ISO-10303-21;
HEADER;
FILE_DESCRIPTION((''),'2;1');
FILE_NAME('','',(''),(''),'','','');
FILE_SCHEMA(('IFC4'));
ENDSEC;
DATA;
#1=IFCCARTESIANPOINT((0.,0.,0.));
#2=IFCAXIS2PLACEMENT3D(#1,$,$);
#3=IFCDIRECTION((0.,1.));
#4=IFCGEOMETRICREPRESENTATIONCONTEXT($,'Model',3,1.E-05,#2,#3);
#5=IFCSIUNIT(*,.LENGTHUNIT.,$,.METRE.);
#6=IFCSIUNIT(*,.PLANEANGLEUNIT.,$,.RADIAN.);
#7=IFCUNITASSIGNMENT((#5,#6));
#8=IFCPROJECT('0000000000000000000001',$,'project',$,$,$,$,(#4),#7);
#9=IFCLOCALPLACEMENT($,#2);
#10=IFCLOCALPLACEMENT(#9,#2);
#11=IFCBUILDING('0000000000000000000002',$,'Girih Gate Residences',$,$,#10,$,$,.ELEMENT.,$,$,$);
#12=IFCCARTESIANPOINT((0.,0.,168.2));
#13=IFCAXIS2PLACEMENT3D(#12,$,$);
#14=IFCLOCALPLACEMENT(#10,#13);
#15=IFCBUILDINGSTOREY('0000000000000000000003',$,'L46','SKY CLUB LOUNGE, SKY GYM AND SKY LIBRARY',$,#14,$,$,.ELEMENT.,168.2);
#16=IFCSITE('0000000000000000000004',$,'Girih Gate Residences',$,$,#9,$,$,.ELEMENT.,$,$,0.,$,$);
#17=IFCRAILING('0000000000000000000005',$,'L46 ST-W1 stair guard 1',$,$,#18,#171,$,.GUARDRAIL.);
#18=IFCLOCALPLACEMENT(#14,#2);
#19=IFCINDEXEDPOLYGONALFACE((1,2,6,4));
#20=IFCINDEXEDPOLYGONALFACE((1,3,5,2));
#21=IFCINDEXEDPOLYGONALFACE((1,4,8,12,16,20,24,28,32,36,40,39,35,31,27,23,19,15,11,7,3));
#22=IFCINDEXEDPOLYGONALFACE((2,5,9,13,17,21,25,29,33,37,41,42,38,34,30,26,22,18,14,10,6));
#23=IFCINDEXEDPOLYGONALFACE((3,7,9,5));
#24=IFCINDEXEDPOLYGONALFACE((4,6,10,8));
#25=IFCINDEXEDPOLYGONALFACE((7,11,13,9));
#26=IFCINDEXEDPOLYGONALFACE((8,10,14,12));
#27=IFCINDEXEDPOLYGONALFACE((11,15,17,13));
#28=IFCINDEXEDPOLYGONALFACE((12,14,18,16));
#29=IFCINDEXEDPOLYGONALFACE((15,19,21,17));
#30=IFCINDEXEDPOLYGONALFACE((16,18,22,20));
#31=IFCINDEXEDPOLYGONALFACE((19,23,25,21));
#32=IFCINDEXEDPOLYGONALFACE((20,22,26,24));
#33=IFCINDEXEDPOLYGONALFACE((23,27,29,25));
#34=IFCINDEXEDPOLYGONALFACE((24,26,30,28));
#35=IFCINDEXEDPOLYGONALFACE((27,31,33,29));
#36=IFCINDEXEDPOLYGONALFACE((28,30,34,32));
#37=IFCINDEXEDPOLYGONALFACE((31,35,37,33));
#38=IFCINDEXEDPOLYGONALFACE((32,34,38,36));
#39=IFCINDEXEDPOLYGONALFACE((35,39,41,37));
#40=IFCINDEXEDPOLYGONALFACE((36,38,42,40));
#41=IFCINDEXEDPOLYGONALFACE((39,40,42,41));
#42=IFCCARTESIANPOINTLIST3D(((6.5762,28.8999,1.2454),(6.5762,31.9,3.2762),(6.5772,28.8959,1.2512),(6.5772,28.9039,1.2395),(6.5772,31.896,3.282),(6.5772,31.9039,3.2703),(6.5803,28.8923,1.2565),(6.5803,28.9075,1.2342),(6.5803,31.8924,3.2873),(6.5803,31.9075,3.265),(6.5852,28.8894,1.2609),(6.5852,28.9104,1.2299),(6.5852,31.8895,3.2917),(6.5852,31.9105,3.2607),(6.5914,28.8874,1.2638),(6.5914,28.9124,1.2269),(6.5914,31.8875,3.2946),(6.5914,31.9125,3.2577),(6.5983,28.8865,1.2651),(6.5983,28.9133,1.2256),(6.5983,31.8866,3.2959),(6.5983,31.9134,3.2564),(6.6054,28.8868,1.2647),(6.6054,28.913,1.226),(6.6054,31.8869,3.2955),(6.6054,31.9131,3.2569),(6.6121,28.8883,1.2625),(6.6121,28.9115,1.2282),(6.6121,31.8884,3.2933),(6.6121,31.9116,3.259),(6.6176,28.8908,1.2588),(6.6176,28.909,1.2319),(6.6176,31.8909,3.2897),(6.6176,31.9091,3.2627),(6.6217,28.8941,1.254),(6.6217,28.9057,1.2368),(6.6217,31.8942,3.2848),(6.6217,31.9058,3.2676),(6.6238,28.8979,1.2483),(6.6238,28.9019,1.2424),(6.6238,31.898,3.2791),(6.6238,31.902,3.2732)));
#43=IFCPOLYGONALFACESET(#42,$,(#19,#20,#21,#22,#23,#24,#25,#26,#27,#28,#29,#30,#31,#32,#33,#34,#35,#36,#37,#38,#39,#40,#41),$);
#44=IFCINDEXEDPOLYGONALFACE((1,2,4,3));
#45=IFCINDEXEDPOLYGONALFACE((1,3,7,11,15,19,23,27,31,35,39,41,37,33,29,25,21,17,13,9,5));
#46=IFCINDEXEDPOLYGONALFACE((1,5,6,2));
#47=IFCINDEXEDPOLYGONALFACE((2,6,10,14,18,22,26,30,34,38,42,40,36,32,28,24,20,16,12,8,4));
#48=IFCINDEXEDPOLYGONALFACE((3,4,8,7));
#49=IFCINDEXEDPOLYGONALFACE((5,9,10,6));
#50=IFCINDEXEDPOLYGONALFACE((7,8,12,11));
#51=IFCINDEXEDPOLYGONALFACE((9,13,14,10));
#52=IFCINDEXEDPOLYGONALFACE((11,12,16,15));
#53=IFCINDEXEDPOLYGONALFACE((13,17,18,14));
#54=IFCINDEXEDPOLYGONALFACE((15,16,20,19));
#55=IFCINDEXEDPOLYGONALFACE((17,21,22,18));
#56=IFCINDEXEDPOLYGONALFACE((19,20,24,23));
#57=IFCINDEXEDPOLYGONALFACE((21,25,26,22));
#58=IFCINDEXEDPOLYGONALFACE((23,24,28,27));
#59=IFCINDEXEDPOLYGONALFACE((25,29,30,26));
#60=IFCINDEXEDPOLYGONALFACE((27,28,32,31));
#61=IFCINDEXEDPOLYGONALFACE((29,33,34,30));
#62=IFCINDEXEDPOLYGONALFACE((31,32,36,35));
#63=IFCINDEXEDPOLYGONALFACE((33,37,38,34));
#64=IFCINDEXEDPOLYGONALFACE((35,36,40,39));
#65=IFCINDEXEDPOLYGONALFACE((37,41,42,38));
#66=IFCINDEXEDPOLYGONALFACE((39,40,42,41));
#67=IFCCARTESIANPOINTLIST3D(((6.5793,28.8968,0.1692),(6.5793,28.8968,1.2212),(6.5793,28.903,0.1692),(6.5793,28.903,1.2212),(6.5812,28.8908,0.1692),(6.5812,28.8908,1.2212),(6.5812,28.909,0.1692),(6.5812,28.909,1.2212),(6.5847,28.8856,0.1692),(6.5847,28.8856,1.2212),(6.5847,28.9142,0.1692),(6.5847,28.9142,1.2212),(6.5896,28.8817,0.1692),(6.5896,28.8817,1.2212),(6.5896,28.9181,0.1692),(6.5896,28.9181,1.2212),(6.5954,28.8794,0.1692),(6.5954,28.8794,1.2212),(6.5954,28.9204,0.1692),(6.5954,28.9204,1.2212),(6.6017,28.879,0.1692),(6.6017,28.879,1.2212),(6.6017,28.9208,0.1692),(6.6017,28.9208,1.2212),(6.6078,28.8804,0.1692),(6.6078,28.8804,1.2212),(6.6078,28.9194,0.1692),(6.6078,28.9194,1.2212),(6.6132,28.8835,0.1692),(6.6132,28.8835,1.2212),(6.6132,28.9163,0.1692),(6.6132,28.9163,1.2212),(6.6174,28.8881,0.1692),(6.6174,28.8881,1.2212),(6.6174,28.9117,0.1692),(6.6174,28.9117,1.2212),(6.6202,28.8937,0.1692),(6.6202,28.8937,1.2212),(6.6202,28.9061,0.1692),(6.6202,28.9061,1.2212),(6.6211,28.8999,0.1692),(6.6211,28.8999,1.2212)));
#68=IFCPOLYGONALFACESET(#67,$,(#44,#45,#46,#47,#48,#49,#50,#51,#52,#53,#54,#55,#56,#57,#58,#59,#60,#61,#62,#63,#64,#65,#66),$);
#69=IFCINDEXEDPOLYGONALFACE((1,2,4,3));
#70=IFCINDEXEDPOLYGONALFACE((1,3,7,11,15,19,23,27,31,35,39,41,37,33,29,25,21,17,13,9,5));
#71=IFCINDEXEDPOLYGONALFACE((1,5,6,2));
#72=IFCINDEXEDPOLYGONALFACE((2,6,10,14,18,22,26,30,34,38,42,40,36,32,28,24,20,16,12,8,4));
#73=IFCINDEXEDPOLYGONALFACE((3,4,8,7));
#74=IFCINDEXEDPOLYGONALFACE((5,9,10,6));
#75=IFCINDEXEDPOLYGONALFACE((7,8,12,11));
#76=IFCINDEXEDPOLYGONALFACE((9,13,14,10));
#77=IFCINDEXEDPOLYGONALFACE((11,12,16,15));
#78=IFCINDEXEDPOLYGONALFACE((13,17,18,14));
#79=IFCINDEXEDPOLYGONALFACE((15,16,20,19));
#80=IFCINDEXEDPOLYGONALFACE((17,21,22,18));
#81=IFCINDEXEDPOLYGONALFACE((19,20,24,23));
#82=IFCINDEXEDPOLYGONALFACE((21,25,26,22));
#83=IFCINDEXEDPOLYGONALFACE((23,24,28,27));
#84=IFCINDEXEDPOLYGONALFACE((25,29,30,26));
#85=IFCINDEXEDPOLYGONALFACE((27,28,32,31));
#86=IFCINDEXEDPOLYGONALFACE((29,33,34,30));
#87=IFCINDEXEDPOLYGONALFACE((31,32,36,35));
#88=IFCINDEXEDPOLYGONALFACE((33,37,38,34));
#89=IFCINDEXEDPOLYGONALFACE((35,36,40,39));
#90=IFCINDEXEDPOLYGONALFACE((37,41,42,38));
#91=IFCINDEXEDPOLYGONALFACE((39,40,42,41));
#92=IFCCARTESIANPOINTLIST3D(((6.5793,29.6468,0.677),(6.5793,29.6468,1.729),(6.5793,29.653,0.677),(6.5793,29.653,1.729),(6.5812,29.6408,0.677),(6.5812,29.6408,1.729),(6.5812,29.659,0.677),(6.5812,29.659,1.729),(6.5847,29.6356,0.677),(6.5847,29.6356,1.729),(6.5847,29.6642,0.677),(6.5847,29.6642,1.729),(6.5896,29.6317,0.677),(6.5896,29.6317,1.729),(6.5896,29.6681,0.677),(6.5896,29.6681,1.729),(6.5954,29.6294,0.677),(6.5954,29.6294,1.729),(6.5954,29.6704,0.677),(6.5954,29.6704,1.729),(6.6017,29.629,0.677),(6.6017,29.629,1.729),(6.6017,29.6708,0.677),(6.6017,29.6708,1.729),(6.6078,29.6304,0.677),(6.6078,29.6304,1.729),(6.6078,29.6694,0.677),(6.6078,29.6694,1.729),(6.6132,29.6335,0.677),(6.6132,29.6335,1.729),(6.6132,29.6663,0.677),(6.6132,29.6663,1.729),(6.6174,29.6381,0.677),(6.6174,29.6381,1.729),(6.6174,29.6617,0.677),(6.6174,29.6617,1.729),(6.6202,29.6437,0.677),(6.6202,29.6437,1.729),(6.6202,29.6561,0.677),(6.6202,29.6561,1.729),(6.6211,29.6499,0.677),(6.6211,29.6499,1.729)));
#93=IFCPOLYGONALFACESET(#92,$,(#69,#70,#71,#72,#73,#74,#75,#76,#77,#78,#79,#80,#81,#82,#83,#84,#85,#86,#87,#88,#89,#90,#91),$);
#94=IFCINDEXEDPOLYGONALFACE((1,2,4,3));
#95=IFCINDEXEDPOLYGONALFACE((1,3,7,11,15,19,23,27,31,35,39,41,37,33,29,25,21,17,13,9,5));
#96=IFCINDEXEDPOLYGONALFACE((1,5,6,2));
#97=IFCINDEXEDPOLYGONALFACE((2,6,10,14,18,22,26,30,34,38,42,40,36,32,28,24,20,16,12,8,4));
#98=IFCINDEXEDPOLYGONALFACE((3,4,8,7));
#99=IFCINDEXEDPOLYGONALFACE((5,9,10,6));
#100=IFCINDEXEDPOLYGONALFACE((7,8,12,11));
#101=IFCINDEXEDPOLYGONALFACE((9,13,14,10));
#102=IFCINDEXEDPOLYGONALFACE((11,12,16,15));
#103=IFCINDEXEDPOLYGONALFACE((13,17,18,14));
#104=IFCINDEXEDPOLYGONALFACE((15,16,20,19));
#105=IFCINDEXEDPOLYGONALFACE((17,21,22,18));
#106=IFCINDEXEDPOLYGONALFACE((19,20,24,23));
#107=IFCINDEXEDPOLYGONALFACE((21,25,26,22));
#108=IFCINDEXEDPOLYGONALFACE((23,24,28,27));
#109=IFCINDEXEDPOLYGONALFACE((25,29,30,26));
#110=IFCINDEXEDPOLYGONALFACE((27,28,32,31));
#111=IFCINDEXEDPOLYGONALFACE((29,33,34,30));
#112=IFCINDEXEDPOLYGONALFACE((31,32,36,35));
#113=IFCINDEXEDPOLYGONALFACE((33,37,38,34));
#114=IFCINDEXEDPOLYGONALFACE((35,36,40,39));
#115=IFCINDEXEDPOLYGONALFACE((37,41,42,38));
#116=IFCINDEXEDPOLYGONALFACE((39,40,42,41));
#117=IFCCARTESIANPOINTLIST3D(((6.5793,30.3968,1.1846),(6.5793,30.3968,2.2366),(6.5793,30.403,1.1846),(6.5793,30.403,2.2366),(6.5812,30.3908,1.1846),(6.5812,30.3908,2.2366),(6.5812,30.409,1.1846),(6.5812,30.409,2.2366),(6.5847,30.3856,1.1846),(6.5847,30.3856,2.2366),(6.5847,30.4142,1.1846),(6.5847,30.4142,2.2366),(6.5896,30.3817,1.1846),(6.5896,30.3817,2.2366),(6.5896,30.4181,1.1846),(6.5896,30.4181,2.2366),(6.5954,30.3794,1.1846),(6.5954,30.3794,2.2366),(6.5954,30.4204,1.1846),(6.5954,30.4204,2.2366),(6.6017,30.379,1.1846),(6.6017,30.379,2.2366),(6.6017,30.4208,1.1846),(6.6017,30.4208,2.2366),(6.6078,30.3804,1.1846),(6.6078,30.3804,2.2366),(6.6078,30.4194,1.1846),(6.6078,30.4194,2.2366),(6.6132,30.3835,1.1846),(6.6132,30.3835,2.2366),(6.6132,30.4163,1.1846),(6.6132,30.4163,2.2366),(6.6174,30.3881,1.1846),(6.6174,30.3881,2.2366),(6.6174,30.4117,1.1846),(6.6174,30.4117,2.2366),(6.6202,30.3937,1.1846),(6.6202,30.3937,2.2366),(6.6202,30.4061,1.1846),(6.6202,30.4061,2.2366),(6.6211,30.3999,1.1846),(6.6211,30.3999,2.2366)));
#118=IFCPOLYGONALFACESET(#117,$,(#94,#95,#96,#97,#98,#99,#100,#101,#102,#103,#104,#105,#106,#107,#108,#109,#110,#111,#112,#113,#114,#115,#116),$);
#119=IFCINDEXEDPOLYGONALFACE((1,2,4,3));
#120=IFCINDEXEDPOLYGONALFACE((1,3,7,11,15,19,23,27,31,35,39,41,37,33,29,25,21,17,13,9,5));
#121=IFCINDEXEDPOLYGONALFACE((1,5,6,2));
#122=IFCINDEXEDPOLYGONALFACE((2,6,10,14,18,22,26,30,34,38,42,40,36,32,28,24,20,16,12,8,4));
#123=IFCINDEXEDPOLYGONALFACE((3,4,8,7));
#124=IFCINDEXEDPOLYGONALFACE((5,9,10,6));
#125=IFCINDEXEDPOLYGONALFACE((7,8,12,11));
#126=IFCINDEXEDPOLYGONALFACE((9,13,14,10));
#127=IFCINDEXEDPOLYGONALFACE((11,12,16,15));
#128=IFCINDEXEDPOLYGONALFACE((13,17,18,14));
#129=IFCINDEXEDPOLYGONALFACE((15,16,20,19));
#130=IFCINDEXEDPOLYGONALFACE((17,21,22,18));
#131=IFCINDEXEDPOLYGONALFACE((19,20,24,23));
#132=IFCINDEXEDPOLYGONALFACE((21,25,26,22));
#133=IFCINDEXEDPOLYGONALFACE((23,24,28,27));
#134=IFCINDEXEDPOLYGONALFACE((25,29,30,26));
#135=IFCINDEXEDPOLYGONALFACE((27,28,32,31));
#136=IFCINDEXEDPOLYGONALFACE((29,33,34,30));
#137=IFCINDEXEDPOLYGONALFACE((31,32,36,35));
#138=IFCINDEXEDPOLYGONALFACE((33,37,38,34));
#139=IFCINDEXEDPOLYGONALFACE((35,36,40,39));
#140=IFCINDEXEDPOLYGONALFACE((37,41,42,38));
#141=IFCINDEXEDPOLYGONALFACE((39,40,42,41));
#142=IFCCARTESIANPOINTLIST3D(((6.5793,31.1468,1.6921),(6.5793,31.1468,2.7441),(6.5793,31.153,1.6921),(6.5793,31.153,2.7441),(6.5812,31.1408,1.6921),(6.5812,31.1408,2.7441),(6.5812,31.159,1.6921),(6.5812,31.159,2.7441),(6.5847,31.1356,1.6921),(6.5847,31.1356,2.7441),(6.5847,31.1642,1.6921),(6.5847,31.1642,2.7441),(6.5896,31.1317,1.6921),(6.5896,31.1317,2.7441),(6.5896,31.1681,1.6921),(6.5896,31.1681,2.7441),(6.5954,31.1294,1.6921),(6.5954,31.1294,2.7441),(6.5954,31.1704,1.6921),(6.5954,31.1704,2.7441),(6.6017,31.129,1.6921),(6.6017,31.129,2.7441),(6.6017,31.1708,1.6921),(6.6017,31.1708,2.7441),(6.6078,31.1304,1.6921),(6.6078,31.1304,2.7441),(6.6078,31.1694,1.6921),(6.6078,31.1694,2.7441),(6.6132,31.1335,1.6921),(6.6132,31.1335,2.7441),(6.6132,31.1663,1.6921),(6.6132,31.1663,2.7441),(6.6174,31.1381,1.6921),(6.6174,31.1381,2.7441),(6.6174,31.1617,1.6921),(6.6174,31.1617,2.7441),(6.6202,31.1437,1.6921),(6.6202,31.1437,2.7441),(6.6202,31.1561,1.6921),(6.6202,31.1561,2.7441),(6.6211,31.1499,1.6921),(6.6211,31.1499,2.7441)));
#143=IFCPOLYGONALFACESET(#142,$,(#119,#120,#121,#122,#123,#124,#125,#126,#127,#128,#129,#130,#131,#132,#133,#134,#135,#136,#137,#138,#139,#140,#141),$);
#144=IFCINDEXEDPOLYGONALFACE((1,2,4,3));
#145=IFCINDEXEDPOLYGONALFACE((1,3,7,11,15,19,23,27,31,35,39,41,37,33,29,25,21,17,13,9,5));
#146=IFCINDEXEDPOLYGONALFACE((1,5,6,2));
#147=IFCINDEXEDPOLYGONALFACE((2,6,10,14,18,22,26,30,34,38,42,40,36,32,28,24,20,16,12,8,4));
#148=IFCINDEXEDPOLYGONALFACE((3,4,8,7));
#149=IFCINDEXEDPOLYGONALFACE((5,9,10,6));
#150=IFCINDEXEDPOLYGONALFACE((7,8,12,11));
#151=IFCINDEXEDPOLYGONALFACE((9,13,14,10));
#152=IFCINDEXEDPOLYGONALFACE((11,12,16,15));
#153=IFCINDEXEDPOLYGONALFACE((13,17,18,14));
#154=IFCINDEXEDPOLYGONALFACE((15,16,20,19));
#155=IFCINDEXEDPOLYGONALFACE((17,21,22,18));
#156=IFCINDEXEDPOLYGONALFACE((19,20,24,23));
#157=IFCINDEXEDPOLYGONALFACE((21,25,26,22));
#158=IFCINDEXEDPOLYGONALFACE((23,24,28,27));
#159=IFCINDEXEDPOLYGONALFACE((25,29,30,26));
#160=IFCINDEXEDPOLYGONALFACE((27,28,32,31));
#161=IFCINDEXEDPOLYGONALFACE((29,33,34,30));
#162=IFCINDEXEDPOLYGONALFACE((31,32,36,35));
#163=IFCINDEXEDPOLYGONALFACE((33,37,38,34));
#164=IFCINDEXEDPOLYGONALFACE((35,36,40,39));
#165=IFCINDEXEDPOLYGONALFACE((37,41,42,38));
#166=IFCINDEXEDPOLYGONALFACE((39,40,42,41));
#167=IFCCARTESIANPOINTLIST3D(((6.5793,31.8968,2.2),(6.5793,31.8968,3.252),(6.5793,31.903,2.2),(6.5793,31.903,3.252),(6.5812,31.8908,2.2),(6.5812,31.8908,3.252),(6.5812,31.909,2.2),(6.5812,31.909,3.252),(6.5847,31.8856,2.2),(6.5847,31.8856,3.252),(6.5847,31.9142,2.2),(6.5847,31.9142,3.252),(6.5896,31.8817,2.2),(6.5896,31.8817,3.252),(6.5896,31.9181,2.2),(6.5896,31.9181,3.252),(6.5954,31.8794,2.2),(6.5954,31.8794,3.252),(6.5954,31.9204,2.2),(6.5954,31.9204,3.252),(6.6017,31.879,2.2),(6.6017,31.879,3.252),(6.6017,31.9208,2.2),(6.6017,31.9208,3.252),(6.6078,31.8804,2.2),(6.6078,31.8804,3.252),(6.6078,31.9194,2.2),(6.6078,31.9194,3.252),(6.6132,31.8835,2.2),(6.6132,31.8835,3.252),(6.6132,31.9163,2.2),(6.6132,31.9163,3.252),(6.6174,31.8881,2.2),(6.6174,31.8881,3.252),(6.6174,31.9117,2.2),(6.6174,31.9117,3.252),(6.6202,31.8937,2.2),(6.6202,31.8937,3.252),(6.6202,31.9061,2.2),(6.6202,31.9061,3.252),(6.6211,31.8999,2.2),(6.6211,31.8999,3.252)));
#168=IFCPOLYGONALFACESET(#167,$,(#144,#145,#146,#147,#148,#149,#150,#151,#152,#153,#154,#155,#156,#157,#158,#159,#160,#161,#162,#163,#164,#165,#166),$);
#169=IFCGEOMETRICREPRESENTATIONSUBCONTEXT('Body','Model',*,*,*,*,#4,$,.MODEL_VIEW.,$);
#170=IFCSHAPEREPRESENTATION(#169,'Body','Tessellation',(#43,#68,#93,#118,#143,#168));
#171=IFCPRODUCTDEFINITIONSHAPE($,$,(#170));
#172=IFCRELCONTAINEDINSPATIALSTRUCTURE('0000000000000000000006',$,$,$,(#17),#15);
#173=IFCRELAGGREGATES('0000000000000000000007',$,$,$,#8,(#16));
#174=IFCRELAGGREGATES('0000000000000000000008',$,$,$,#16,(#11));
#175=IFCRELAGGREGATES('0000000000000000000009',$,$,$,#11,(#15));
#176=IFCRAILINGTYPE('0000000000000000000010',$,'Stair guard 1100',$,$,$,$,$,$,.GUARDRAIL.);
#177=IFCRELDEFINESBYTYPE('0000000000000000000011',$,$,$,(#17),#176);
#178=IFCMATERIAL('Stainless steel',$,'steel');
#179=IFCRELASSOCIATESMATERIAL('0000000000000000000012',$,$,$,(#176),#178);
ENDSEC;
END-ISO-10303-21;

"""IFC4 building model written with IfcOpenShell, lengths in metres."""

from ifc_helpers import new_model, si_unit, direction, frame, origin, origin_2d, place, context, subcontext, project, spatial, circle, extrude, material, type_object, element, save


model = new_model("IFC4")

# Units and contexts
model_context = context("Model", 3, precision=1e-05, world=origin(), true_north=direction((0.0, 1.0)))
body_context = subcontext(model_context, "Body", "Model", "MODEL_VIEW")
ifc_project = project(units=[si_unit("LENGTHUNIT", "METRE"), si_unit("PLANEANGLEUNIT", "RADIAN")], contexts=[model_context])

# Site, building, storey
site_placement = place(None, origin())
site = spatial("IfcSite", under=ifc_project, at=site_placement, Name="Girih Gate Residences", CompositionType="ELEMENT", RefElevation=0.0)
building_placement = place(site_placement, origin())
building = spatial("IfcBuilding", under=site, at=building_placement, Name="Girih Gate Residences", CompositionType="ELEMENT")
storey_placement = place(building_placement, frame((0.0, 0.0, 168.2)))
storey = spatial("IfcBuildingStorey", under=building, at=storey_placement, Name="L46", Description="SKY CLUB LOUNGE, SKY GYM AND SKY LIBRARY", CompositionType="ELEMENT", Elevation=168.2)

# Railing
ifc_material_1 = material(Name="Stainless steel", Category="steel")
railing_type_1 = type_object("IfcRailingType", Name="Stair guard 1100", PredefinedType="GUARDRAIL", material=ifc_material_1)
railing_1_placement = place(storey_placement, frame((6.6001, 28.8999, 0.1692)))
element("IfcRailing", 1, at=railing_1_placement, inside=storey, type_object=railing_type_1, Name="L46 ST-W1 stair guard 1", PredefinedType="GUARDRAIL", context=body_context, shape_type="SweptSolid", body=[
    extrude(circle(Radius=0.0239, at=origin_2d()), frame((0.0, 0.0, 1.0762), z_axis=(0.0, 0.82811, 0.560565), x_axis=(-1.0, 0.0, 0.0)), (0.0, 0.0, 1.0), 3.6228),
    extrude(circle(Radius=0.021, at=origin_2d()), origin(), (0.0, 0.0, 1.0), 1.052),
    extrude(circle(Radius=0.021, at=origin_2d()), frame((0.0, 0.75, 0.5078)), (0.0, 0.0, 1.0), 1.052),
    extrude(circle(Radius=0.021, at=origin_2d()), frame((0.0, 1.5, 1.0154)), (0.0, 0.0, 1.0), 1.052),
    extrude(circle(Radius=0.021, at=origin_2d()), frame((0.0, 2.25, 1.5229)), (0.0, 0.0, 1.0), 1.052),
    extrude(circle(Radius=0.021, at=origin_2d()), frame((0.0, 3.0, 2.0308)), (0.0, 0.0, 1.0), 1.052),
])

save(model, "model.ifc")
